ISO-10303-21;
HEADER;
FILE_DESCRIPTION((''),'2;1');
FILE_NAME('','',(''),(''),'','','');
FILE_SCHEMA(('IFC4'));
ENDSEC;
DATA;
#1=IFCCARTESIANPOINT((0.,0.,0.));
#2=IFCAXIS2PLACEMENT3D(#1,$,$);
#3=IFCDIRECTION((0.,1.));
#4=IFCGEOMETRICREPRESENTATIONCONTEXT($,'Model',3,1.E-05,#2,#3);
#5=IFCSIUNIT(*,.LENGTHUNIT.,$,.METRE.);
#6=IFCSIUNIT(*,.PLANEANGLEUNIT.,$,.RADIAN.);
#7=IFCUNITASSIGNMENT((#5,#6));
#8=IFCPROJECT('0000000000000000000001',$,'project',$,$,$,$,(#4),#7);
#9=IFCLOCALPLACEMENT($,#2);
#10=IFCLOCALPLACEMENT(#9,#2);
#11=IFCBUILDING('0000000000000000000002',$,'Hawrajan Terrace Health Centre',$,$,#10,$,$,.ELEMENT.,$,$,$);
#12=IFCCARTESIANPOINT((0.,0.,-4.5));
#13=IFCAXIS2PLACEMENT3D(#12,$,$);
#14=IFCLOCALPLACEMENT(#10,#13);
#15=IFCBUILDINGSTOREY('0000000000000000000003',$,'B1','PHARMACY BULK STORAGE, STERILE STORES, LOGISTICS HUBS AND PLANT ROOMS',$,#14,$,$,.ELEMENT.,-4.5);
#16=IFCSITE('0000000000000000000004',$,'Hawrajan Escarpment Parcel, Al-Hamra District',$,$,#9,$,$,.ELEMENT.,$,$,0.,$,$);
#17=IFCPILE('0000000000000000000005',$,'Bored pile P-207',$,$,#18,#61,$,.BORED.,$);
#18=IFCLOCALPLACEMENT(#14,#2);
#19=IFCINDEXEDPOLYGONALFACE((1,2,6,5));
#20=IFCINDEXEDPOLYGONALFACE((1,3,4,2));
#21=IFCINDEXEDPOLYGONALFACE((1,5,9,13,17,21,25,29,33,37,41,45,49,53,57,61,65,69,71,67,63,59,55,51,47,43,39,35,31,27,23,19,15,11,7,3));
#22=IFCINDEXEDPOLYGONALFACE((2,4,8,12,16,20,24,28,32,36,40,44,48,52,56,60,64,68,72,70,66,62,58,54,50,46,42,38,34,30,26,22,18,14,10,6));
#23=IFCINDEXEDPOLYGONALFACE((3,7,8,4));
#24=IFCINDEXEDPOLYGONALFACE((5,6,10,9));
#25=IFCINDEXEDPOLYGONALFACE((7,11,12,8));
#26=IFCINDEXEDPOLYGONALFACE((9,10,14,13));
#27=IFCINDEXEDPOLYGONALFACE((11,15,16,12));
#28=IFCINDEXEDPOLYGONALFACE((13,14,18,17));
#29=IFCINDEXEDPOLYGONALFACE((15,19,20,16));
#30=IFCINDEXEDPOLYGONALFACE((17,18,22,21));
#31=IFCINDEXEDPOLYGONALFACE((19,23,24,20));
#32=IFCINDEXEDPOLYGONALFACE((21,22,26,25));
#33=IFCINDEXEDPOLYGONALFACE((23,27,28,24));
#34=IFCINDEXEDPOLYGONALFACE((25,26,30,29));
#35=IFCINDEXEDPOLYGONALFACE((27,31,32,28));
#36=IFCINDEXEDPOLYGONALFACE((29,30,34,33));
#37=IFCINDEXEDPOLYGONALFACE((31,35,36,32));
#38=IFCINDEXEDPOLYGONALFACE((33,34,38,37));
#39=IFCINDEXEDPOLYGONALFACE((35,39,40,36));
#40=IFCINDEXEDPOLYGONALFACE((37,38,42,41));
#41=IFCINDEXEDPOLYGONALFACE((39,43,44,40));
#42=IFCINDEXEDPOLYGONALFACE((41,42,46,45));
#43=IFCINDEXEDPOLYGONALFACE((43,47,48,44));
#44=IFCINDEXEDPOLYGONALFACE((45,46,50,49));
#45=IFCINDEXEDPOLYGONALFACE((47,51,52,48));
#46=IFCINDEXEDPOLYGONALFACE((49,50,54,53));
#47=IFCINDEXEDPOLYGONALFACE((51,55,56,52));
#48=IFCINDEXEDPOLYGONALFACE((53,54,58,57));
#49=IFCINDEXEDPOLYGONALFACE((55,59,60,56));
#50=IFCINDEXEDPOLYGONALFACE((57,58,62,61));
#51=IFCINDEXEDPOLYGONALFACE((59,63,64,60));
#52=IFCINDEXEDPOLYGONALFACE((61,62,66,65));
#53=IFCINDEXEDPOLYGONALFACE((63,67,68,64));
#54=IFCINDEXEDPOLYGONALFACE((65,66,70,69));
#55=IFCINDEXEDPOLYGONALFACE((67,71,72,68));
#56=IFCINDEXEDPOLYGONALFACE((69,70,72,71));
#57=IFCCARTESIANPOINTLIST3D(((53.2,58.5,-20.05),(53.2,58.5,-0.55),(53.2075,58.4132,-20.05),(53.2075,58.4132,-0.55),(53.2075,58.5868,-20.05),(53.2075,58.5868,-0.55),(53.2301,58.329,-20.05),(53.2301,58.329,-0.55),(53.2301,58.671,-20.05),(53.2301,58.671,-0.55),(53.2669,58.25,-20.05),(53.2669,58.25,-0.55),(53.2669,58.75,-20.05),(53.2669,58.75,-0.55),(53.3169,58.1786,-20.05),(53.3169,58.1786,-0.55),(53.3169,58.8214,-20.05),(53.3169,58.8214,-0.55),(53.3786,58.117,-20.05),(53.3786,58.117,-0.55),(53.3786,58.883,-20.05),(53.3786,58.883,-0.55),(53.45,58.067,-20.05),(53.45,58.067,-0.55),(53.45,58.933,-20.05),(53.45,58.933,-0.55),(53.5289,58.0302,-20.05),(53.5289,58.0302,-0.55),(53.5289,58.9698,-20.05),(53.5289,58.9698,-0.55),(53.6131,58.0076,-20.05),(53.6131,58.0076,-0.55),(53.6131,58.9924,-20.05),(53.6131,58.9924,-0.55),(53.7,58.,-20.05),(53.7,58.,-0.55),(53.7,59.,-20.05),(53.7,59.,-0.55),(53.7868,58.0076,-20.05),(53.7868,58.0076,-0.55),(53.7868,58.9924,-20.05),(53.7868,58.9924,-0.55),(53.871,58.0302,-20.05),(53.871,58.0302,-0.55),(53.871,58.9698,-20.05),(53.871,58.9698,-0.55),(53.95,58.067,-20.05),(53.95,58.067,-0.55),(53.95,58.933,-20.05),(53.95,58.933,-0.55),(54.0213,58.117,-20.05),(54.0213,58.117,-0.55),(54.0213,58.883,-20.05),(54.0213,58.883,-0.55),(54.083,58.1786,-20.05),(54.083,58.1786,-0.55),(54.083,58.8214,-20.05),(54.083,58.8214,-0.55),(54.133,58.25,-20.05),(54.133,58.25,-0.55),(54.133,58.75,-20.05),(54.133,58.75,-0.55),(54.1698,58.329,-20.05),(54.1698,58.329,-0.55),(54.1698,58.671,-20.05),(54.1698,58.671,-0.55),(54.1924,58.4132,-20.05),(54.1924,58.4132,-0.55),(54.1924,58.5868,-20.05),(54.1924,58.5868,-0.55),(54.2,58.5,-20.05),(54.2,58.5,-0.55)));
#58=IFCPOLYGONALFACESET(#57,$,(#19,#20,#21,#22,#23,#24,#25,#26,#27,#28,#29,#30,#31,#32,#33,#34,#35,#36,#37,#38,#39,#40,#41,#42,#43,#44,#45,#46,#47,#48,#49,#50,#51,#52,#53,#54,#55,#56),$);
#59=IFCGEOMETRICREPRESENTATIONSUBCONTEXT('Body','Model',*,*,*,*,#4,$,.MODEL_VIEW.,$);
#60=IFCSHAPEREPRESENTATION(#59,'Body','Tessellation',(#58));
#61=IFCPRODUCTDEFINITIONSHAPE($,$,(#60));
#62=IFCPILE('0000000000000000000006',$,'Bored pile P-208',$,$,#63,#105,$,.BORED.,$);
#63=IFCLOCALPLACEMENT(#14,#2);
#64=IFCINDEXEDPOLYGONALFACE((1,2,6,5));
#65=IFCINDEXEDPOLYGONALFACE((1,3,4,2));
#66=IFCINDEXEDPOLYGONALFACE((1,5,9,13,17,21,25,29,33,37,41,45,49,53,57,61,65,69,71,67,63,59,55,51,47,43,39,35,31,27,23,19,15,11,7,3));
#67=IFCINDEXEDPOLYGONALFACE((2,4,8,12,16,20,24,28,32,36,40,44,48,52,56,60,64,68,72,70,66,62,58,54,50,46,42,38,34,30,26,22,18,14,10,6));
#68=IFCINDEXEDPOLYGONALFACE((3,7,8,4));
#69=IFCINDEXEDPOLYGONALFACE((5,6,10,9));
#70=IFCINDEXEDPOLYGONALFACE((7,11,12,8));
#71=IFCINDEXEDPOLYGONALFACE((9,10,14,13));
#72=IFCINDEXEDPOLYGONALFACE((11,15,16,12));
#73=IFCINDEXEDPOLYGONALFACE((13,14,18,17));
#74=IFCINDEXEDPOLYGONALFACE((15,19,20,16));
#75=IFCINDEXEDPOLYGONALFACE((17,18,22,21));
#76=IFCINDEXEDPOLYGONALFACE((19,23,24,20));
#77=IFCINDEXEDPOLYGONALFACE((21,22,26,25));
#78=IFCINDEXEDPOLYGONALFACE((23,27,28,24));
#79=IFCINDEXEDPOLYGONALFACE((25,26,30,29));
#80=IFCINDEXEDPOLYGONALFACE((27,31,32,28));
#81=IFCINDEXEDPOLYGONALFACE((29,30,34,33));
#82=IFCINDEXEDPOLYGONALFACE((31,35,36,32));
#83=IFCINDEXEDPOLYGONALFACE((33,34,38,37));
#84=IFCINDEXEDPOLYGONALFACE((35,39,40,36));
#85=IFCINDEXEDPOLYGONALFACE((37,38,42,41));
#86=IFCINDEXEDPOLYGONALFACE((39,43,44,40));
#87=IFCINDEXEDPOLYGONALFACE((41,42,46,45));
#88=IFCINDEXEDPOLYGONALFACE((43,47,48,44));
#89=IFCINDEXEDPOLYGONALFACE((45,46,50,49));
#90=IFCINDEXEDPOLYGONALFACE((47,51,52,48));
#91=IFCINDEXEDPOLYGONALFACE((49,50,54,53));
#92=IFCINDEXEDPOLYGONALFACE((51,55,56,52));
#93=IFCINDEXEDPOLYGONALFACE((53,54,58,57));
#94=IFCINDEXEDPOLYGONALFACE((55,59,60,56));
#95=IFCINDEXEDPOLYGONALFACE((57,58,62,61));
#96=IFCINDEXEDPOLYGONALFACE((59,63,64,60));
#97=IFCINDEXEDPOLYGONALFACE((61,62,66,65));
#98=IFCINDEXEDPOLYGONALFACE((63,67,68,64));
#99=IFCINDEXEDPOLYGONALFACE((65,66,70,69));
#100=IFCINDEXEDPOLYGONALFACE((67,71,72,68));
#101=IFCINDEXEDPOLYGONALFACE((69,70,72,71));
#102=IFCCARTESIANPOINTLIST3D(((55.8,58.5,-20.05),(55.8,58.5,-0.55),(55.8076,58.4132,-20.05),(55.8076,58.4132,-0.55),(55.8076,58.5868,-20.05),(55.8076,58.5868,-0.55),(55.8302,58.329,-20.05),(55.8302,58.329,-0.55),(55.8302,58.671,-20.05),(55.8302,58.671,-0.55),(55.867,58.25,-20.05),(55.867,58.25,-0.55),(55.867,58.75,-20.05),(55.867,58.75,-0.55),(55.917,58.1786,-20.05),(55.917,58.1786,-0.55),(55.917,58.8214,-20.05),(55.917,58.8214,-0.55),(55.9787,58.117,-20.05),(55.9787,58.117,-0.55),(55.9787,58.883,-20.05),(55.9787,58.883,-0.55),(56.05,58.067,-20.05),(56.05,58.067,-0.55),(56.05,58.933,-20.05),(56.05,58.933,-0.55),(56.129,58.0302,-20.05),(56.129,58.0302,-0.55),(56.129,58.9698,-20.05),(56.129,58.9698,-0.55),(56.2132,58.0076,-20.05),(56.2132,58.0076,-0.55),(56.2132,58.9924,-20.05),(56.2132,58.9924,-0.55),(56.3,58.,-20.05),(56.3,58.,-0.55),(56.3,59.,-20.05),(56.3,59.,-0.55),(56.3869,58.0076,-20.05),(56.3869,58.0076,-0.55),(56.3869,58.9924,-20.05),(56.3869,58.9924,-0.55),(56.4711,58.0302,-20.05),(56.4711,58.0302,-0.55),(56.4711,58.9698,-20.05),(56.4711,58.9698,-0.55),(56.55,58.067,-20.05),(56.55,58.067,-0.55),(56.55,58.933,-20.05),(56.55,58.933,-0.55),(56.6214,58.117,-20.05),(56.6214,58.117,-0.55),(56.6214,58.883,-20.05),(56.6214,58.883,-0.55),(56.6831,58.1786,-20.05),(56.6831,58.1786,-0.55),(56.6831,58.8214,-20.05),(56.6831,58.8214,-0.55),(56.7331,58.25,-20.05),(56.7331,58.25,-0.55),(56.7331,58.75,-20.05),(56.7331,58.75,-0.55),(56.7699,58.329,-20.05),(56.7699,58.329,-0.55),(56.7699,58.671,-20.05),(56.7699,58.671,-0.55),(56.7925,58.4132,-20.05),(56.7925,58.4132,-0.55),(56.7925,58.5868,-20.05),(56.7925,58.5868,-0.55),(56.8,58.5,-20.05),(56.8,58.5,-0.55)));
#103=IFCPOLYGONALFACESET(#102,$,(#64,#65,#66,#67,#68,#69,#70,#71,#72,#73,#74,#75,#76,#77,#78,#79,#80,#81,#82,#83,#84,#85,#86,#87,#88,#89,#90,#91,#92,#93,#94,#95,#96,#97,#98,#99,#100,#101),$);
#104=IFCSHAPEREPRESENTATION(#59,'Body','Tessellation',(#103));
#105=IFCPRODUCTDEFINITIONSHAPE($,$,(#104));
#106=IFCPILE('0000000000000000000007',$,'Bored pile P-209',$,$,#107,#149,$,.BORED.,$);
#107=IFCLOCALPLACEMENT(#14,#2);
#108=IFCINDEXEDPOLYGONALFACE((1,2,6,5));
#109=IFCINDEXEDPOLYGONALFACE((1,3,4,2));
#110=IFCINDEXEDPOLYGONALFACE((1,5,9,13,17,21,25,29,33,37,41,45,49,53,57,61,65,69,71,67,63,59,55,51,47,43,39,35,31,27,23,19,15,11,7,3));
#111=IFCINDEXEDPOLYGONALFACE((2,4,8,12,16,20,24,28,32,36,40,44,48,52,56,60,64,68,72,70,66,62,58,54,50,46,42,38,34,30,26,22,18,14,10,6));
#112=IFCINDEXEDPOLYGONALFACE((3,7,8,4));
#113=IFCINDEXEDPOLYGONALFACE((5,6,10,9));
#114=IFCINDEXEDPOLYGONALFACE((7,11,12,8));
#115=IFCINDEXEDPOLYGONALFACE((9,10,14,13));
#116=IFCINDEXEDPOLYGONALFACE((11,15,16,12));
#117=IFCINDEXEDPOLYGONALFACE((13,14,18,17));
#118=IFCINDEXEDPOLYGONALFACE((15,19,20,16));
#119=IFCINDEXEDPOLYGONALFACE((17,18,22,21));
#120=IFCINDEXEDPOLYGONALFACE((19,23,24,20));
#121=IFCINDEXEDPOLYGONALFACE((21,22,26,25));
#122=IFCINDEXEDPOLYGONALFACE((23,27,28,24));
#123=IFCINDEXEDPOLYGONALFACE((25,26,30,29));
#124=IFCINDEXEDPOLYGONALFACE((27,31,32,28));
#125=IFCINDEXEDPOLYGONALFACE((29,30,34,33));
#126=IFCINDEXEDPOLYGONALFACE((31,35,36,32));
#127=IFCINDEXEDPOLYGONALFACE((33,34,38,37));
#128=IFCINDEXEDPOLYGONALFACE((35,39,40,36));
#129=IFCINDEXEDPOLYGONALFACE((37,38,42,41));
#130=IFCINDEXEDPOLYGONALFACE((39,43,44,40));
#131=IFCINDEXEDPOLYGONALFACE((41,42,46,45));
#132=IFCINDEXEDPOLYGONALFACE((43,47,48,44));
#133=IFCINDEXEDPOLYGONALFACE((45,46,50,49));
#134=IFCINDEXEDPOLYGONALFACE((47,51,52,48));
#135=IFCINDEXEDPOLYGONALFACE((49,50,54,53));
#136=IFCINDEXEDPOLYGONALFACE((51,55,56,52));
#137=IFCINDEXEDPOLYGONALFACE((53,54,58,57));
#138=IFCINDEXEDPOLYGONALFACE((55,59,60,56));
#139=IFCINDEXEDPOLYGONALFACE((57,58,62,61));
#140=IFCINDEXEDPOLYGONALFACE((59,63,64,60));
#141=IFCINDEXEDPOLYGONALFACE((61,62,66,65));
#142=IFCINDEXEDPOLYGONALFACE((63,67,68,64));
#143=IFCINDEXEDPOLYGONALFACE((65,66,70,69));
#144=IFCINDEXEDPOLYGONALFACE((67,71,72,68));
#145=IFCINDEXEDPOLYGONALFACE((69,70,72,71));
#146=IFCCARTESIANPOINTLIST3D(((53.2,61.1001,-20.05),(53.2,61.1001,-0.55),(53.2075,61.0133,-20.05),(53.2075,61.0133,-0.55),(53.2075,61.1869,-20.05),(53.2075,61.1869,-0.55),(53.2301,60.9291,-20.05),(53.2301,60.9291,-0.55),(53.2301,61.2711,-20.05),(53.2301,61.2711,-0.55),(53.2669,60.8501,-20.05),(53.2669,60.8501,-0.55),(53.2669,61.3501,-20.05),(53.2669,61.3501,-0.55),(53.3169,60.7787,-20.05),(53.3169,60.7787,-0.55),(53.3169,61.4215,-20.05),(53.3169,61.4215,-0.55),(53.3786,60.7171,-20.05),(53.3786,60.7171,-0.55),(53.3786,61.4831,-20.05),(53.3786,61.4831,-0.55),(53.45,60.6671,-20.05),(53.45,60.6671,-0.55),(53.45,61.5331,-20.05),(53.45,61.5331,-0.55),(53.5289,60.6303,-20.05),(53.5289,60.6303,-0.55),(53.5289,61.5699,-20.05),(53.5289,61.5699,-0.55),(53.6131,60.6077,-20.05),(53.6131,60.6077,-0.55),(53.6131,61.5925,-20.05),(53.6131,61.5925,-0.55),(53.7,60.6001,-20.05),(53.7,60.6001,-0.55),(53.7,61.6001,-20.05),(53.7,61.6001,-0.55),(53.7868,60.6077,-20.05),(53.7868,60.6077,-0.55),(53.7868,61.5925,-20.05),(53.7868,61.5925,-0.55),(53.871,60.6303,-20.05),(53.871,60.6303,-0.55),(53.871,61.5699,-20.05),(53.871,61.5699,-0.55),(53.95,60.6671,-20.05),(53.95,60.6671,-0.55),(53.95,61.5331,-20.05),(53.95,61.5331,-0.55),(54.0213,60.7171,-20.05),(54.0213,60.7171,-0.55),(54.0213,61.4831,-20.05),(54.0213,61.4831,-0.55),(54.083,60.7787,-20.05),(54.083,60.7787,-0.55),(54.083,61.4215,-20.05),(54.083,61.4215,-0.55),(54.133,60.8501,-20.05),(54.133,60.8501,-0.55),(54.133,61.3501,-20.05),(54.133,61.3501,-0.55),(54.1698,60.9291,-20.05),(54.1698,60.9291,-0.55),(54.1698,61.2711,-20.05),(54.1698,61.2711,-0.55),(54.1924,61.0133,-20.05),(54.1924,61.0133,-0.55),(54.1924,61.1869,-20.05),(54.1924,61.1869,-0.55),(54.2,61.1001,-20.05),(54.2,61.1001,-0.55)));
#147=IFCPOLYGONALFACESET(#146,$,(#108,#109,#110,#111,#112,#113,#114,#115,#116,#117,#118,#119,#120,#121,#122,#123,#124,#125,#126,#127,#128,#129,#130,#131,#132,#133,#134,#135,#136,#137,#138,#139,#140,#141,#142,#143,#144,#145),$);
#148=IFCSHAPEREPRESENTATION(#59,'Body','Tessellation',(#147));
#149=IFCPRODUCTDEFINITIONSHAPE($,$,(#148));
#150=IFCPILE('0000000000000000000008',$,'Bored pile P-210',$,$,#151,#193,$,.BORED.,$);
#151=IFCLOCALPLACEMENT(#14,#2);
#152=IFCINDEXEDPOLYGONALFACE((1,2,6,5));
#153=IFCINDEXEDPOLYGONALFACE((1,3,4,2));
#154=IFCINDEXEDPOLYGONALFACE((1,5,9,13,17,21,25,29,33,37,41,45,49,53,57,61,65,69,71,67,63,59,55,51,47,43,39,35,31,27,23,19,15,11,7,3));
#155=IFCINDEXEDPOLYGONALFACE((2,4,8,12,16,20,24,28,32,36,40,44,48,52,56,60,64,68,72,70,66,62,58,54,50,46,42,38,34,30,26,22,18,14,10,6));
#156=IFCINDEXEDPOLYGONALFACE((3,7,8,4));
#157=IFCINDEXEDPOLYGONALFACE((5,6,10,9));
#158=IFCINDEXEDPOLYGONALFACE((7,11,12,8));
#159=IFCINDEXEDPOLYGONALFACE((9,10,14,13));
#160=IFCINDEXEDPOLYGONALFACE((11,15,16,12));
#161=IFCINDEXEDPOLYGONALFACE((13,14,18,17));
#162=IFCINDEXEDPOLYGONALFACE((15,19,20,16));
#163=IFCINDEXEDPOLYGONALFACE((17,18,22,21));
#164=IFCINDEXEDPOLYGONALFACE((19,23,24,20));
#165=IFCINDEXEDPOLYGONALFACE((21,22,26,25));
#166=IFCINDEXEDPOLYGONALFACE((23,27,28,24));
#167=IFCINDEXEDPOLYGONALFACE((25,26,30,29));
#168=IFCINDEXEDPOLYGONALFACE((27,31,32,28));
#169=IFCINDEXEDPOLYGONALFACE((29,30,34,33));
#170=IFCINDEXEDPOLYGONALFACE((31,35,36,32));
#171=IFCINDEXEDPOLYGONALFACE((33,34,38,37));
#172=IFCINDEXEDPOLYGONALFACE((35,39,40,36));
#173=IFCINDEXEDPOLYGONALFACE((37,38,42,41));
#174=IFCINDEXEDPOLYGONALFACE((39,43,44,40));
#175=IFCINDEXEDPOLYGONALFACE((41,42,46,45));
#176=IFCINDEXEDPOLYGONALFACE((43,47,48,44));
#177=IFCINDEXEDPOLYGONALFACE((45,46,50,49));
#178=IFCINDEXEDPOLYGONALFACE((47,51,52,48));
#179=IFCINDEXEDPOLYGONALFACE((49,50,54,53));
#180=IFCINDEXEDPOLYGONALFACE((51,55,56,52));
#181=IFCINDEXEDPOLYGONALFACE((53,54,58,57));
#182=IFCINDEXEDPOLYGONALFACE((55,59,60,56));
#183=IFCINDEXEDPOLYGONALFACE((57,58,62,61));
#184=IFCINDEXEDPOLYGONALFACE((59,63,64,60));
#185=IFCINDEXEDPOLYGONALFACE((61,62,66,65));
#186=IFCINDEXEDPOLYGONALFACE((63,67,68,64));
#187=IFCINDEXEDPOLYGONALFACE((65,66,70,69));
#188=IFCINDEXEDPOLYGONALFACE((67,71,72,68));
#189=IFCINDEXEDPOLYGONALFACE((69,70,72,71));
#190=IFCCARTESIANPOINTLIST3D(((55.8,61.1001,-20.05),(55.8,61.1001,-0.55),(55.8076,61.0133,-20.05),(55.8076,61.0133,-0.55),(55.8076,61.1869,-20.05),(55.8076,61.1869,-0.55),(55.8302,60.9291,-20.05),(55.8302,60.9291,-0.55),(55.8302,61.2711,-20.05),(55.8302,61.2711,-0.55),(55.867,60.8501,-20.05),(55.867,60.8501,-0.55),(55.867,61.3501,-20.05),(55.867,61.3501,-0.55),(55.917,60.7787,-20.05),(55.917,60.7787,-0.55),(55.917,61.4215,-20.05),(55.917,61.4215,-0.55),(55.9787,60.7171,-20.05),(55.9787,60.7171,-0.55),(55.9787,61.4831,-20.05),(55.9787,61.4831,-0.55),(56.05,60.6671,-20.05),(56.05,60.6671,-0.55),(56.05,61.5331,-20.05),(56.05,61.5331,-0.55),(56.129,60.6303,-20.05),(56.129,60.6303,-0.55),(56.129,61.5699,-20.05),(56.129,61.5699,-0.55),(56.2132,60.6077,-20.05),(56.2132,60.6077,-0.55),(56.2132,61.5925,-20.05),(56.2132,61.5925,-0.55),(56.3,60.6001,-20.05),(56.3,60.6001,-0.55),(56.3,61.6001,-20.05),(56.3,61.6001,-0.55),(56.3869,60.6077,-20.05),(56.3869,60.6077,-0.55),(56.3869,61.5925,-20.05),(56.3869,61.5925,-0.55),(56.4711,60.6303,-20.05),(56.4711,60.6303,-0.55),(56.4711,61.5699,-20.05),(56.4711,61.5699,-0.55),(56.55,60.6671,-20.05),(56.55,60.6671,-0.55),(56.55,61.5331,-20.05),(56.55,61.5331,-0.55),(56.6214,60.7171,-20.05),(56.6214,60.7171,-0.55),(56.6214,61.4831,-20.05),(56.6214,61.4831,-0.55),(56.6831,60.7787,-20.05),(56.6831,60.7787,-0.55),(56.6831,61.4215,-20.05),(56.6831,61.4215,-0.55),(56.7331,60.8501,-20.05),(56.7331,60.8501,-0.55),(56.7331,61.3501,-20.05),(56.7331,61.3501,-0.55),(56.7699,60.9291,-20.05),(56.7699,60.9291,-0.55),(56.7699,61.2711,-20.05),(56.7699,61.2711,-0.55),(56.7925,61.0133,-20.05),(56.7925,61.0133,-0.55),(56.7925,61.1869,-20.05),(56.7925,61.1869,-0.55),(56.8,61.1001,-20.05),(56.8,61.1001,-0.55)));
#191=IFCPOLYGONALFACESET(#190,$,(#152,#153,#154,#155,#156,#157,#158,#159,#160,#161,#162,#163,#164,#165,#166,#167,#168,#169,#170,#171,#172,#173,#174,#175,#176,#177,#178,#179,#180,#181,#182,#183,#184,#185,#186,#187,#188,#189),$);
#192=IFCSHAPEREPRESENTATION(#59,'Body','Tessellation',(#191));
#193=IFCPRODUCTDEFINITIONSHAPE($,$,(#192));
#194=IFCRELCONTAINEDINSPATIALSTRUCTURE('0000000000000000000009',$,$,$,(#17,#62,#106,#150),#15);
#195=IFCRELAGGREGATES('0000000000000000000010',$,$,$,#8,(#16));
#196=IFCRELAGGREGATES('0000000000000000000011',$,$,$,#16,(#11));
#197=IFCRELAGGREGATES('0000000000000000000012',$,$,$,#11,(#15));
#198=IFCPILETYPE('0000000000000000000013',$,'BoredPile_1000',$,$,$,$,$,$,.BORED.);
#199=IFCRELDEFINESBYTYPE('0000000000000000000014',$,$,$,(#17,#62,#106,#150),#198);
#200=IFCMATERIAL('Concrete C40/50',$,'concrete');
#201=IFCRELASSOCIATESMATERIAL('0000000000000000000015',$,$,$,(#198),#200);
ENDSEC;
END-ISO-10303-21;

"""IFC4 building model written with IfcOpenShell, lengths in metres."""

from ifc_helpers import new_model, si_unit, direction, frame, origin, origin_2d, place, context, subcontext, project, spatial, circle, extrude, material, material_profile, profile_set, type_object, element, save


model = new_model("IFC4")

# Units and contexts
model_context = context("Model", 3, precision=1e-05, world=origin(), true_north=direction((0.0, 1.0)))
body_context = subcontext(model_context, "Body", "Model", "MODEL_VIEW")
ifc_project = project(units=[si_unit("LENGTHUNIT", "METRE"), si_unit("PLANEANGLEUNIT", "RADIAN")], contexts=[model_context])

# Site, building, storey
site_placement = place(None, origin())
site = spatial("IfcSite", under=ifc_project, at=site_placement, Name="Hawrajan Escarpment Parcel, Al-Hamra District", CompositionType="ELEMENT", RefElevation=0.0)
building_placement = place(site_placement, origin())
building = spatial("IfcBuilding", under=site, at=building_placement, Name="Hawrajan Terrace Health Centre", CompositionType="ELEMENT")
storey_placement = place(building_placement, frame((0.0, 0.0, -4.5)))
storey = spatial("IfcBuildingStorey", under=building, at=storey_placement, Name="B1", Description="PHARMACY BULK STORAGE, STERILE STORES, LOGISTICS HUBS AND PLANT ROOMS", CompositionType="ELEMENT", Elevation=-4.5)

# Piles
ifc_material_1 = material(Name="Concrete C40/50", Category="concrete")
ifc_material_profile_1 = material_profile(ifc_material_1, circle(Radius=0.5, at=origin_2d()), Name="BP 1000")
ifc_profile_set_1 = profile_set([ifc_material_profile_1], Name="Concrete C40/50")
pile_type_1 = type_object("IfcPileType", Name="BoredPile_1000", PredefinedType="BORED", material=ifc_profile_set_1)
for number, where, z_axis, x_axis, name in (
    (1, (53.7, 58.5, -0.55), (0.0, 0.0, -1.0), (1.0, 0.0, 0.0), "Bored pile P-207"),
    (2, (56.3, 58.5, -0.55), (0.0, 0.0, -1.0), (1.0, 0.0, 0.0), "Bored pile P-208"),
    (3, (53.7, 61.1001, -0.55), (0.0, 0.0, -1.0), (1.0, 0.0, 0.0), "Bored pile P-209"),
    (4, (56.3, 61.1001, -0.55), (0.0, 0.0, -1.0), (1.0, 0.0, 0.0), "Bored pile P-210"),
):
    element("IfcPile", number, at=place(storey_placement, frame(where, z_axis=z_axis, x_axis=x_axis)), inside=storey, type_object=pile_type_1, Name=name, PredefinedType="BORED", context=body_context, shape_type="SweptSolid", body=[
        extrude(circle(Radius=0.5, at=origin_2d()), origin(), (0.0, 0.0, 1.0), 19.5),
    ])

save(model, "model.ifc")
